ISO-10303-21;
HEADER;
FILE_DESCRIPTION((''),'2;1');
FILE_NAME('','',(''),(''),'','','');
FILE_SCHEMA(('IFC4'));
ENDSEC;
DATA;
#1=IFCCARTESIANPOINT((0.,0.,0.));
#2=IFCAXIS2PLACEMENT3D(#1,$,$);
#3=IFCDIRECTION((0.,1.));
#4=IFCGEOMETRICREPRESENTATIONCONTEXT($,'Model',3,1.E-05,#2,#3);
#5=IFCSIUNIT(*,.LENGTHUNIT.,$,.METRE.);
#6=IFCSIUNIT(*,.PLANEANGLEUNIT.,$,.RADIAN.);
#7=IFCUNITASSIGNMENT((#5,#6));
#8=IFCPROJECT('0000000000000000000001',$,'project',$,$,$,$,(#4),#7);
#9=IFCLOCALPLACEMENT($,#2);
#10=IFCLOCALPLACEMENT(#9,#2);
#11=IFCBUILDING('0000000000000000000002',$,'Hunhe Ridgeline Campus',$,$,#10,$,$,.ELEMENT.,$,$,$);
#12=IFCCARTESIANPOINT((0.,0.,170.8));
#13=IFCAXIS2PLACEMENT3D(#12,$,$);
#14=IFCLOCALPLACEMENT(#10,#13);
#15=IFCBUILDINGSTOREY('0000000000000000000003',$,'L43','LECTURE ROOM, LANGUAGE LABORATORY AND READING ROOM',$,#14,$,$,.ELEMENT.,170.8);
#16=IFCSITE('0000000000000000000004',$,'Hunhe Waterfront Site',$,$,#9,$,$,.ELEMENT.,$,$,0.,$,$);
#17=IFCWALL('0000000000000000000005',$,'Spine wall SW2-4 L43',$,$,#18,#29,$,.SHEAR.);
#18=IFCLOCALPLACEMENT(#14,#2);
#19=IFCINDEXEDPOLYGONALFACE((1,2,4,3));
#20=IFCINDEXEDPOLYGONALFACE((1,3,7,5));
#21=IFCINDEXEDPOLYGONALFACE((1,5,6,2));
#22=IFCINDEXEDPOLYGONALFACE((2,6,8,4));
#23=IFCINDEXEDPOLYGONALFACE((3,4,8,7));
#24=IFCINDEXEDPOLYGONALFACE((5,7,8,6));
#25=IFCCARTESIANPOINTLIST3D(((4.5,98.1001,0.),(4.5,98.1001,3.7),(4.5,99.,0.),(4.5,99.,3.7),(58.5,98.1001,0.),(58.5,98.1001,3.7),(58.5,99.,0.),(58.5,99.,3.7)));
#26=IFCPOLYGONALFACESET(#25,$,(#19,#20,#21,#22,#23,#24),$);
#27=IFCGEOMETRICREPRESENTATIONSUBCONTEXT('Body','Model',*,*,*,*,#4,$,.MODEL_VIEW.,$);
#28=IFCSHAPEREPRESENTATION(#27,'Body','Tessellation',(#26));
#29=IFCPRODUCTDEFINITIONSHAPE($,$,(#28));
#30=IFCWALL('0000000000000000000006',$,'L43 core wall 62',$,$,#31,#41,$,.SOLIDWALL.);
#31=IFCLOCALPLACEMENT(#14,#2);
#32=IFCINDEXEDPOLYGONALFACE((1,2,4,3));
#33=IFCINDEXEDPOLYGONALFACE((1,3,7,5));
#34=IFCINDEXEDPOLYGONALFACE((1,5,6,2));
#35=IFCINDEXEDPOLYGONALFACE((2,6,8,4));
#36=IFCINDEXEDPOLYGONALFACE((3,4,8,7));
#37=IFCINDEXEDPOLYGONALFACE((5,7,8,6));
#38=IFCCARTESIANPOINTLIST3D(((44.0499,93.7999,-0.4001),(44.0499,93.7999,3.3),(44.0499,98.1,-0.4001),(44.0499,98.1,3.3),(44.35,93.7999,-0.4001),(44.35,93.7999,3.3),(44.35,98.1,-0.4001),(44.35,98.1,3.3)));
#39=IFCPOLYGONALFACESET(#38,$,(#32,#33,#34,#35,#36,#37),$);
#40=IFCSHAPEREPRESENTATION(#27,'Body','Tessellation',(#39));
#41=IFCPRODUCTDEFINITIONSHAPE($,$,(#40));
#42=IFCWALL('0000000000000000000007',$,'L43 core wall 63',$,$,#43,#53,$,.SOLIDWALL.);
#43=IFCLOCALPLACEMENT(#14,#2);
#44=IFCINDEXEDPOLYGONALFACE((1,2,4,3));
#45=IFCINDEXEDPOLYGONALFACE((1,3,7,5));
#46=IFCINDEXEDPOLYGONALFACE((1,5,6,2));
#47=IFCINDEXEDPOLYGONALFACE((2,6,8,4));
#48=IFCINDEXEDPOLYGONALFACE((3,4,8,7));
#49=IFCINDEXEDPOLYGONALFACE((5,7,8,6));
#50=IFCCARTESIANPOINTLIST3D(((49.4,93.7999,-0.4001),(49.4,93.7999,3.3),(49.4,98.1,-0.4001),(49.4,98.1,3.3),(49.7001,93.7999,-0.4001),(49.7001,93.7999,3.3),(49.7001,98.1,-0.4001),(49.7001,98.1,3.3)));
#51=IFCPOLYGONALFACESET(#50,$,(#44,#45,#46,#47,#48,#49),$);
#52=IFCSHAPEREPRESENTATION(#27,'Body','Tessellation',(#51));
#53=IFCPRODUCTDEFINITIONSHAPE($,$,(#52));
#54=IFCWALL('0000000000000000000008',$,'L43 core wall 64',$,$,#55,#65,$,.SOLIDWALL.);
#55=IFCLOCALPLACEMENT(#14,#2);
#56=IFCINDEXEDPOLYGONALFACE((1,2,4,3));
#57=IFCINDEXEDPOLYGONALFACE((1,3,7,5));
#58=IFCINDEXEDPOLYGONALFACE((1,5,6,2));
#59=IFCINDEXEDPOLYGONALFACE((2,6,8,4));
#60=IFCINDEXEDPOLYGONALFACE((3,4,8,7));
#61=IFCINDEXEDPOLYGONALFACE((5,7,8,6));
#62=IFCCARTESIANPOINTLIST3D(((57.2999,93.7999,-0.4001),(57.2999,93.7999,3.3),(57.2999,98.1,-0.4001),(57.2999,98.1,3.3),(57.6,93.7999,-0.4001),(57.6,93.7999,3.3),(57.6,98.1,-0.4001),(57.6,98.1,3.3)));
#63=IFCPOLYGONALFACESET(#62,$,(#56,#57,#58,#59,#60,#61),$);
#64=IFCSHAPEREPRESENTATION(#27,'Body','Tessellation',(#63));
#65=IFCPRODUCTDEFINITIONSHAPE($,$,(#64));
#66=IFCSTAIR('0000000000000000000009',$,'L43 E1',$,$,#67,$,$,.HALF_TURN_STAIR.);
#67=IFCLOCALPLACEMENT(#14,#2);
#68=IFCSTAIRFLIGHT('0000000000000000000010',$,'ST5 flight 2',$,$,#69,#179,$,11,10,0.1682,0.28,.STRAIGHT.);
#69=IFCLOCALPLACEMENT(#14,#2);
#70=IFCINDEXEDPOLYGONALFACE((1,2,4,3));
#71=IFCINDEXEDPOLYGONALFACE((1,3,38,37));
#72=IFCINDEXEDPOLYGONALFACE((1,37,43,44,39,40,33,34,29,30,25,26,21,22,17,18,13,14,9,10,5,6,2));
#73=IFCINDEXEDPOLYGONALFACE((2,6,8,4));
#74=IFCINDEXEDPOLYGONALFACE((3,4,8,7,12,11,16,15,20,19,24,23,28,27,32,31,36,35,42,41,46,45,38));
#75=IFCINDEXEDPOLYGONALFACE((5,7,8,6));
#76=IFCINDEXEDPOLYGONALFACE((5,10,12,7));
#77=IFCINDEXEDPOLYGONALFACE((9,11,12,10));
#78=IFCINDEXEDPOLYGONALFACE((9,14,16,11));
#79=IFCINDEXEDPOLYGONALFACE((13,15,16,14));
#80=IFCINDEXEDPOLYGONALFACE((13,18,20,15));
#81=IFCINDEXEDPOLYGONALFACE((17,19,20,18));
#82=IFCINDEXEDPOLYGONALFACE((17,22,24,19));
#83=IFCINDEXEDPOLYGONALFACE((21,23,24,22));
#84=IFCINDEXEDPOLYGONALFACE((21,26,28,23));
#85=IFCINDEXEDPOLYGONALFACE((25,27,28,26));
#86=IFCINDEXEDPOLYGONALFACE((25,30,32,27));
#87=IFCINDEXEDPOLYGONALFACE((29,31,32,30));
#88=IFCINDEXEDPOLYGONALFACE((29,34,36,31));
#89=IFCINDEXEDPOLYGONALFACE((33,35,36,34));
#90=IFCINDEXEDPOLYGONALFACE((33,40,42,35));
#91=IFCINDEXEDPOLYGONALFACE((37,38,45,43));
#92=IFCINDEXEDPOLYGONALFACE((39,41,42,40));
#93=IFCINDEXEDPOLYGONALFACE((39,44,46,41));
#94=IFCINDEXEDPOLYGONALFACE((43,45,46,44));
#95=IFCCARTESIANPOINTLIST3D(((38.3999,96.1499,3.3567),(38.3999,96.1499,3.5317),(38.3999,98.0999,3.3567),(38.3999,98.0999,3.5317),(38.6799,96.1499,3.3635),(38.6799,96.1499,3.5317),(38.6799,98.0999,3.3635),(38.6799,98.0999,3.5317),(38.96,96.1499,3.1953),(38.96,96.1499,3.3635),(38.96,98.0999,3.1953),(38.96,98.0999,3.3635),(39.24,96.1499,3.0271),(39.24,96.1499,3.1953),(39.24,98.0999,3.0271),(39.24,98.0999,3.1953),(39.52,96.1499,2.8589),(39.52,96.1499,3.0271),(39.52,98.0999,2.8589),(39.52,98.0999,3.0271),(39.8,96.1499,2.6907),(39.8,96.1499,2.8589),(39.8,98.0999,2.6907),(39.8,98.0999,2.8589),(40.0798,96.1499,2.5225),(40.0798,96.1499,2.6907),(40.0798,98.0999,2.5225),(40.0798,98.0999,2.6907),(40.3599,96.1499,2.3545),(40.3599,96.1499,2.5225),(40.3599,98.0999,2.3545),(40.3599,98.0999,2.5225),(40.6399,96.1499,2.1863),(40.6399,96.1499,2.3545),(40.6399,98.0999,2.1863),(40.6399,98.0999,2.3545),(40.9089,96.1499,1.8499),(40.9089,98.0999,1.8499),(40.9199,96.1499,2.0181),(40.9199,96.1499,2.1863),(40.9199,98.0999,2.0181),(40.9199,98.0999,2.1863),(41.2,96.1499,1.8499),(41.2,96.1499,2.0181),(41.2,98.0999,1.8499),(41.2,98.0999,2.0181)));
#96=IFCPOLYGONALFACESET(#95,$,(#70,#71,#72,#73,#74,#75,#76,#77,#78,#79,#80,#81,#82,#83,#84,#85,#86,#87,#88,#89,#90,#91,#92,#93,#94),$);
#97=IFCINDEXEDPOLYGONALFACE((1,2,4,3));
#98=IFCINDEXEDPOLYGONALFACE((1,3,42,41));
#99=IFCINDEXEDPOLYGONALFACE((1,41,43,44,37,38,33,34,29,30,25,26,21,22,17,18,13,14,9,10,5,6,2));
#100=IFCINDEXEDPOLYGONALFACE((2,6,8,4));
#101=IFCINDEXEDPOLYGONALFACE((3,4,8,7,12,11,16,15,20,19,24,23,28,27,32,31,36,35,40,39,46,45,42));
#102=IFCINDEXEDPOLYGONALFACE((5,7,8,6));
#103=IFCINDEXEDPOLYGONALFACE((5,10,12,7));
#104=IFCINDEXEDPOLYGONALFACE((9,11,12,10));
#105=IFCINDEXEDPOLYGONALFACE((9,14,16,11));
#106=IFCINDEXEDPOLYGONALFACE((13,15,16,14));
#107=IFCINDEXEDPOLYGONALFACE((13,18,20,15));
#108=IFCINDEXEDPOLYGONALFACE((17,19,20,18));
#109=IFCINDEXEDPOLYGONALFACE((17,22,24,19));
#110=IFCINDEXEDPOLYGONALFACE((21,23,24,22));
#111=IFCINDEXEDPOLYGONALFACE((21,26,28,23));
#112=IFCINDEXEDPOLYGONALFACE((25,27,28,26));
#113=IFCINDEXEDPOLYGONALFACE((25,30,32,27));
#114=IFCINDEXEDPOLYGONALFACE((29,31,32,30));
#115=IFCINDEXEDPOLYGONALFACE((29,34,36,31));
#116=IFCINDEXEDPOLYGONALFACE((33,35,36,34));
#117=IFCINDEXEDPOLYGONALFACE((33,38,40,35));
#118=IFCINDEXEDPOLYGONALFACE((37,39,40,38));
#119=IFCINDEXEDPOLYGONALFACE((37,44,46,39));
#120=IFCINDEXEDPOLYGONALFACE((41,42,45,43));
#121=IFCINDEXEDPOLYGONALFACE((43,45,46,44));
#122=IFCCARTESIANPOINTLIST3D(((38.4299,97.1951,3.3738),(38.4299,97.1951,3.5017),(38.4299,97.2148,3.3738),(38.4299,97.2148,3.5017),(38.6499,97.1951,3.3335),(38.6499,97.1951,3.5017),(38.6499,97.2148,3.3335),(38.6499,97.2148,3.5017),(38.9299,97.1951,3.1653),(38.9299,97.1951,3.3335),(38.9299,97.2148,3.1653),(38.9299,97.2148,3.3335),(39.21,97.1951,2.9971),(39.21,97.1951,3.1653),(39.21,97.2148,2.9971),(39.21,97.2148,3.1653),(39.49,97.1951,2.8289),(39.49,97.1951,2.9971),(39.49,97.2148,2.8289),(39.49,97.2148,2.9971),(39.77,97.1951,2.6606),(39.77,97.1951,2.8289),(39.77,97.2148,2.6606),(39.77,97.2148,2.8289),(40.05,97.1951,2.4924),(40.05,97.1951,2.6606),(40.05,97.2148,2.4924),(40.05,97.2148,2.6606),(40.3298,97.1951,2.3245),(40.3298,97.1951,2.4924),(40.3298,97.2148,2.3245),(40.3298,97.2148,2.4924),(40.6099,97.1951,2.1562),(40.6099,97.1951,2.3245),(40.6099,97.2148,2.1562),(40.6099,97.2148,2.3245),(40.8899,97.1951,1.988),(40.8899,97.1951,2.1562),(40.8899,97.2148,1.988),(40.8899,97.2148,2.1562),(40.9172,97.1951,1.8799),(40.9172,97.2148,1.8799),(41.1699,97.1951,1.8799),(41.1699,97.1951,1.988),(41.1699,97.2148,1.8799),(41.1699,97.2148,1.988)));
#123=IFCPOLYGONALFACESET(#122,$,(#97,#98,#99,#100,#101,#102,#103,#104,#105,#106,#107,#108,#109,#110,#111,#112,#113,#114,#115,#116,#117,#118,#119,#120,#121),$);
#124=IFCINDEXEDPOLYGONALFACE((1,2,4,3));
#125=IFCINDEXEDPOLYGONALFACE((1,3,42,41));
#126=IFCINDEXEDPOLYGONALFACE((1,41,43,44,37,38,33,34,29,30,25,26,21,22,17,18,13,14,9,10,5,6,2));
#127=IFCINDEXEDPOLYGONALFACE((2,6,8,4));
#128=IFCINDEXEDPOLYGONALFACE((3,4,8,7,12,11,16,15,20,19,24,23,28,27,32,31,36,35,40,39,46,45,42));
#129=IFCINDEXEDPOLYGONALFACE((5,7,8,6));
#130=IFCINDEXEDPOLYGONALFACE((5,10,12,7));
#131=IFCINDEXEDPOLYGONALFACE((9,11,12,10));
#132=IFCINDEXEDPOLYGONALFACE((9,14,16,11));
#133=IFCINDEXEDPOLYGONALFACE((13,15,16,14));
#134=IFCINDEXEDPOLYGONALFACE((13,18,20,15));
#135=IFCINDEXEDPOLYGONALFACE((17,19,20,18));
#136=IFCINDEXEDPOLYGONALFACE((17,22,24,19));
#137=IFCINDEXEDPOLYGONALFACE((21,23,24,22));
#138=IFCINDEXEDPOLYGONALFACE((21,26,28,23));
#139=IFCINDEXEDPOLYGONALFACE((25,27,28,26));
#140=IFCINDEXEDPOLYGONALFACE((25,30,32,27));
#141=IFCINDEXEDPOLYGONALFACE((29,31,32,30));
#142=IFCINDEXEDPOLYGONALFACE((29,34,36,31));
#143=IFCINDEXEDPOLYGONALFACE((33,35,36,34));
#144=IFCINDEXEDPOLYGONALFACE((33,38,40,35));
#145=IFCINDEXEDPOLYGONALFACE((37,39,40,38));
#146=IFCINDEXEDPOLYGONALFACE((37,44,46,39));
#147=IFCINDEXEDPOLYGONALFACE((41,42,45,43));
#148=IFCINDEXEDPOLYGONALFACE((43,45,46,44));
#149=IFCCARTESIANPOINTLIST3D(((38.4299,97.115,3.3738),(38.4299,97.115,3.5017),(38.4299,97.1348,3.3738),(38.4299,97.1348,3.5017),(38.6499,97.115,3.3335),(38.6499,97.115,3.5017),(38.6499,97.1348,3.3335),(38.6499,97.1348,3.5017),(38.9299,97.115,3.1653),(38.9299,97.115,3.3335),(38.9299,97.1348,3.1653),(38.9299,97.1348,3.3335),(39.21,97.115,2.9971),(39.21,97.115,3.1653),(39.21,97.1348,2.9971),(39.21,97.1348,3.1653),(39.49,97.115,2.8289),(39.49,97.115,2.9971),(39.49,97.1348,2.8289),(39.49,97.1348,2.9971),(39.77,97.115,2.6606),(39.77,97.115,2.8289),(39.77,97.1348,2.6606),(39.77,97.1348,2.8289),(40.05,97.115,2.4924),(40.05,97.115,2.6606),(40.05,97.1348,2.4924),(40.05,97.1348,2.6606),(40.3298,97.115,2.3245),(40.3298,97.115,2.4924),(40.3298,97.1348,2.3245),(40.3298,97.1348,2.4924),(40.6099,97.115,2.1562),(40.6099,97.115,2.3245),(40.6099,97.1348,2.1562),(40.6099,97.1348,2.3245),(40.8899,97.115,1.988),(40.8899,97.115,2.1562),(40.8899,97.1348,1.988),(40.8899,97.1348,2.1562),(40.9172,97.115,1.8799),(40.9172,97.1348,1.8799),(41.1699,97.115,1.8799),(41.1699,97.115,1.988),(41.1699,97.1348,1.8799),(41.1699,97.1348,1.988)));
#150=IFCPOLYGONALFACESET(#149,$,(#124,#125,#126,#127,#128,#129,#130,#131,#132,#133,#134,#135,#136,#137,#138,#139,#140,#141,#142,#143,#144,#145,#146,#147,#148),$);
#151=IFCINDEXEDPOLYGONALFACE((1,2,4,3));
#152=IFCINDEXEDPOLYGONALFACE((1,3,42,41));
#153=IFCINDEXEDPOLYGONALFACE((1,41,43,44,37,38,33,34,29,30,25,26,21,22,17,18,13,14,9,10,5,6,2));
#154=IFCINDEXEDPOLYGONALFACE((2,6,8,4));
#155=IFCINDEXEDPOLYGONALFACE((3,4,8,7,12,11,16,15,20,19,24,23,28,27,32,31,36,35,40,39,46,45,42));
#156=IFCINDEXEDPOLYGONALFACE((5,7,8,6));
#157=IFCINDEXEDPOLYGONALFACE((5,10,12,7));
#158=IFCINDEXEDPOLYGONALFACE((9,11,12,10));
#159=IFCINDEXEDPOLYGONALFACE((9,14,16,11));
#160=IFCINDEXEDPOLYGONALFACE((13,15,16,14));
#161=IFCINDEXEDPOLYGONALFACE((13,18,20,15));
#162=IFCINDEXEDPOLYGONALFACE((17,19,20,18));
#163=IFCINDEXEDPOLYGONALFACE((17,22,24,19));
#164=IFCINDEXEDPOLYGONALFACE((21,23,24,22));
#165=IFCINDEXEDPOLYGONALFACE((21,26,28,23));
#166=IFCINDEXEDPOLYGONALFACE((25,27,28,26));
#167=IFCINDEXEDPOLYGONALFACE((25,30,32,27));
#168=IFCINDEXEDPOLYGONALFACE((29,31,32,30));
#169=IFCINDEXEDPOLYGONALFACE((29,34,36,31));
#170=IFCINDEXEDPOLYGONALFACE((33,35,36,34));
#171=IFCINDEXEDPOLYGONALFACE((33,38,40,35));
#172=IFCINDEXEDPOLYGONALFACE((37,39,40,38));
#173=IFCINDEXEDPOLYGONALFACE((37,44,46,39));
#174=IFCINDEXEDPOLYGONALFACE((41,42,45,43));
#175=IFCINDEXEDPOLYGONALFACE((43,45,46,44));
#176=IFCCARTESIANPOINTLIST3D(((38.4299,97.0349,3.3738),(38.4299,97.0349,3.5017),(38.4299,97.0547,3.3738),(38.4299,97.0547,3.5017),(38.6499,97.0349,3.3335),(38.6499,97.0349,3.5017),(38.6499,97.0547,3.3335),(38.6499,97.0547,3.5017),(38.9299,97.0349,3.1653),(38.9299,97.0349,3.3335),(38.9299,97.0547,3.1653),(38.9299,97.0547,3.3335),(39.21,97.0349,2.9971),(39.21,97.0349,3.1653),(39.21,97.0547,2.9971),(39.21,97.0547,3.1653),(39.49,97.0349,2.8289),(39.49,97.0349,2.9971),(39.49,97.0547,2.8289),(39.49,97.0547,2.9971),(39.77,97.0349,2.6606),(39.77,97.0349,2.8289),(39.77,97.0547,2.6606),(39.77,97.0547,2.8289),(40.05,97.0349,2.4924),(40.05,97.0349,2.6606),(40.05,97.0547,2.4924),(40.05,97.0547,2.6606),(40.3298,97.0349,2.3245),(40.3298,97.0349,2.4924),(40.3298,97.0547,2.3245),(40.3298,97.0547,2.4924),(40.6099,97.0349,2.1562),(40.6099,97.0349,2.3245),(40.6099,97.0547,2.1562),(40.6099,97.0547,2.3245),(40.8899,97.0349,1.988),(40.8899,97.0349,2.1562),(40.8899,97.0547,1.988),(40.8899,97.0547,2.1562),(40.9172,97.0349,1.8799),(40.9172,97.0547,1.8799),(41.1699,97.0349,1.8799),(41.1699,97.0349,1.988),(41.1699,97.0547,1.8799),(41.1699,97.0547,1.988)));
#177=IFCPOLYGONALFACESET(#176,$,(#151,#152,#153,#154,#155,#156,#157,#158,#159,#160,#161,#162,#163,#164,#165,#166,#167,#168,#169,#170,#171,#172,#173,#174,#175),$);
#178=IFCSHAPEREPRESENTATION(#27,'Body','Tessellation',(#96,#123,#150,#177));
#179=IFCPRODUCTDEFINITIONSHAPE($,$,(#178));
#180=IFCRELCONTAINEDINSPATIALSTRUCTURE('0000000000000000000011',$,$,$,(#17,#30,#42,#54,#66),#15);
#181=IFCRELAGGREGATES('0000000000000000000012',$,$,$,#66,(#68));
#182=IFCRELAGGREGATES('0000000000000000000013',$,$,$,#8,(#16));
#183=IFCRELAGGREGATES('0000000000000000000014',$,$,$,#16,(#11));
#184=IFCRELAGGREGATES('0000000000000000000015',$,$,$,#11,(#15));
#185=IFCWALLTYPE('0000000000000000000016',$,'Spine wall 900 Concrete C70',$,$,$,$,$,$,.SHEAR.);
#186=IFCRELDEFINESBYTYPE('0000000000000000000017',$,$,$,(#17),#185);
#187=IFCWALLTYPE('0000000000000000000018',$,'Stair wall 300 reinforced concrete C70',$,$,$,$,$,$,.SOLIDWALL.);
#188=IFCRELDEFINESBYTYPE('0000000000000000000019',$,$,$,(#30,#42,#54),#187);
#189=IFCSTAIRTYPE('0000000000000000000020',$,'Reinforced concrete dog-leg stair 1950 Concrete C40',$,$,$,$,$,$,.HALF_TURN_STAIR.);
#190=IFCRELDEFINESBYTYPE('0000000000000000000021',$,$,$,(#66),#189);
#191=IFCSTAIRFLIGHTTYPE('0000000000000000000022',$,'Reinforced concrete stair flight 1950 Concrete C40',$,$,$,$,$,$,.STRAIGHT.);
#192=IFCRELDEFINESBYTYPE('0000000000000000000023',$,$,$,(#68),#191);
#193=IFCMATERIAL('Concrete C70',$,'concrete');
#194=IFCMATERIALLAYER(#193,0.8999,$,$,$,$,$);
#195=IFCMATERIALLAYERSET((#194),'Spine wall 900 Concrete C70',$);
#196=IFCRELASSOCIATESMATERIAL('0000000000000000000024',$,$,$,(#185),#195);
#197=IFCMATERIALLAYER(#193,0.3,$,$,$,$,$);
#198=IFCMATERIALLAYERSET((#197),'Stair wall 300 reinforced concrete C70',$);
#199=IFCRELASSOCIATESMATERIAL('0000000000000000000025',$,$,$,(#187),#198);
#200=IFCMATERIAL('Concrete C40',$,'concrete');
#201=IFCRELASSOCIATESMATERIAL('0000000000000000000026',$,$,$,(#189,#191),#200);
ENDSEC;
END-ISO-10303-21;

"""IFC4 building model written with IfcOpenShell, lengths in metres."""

from ifc_helpers import new_model, si_unit, direction, frame, frame_2d, origin, place, context, subcontext, project, spatial, polyline, rectangle, outline, extrude, material, layer, layer_set, type_object, element, aggregate, save


model = new_model("IFC4")

# Units and contexts
model_context = context("Model", 3, precision=1e-05, world=origin(), true_north=direction((0.0, 1.0)))
body_context = subcontext(model_context, "Body", "Model", "MODEL_VIEW")
ifc_project = project(units=[si_unit("LENGTHUNIT", "METRE"), si_unit("PLANEANGLEUNIT", "RADIAN")], contexts=[model_context])

# Site, building, storey
site_placement = place(None, origin())
site = spatial("IfcSite", under=ifc_project, at=site_placement, Name="Hunhe Waterfront Site", CompositionType="ELEMENT", RefElevation=0.0)
building_placement = place(site_placement, origin())
building = spatial("IfcBuilding", under=site, at=building_placement, Name="Hunhe Ridgeline Campus", CompositionType="ELEMENT")
storey_placement = place(building_placement, frame((0.0, 0.0, 170.8)))
storey = spatial("IfcBuildingStorey", under=building, at=storey_placement, Name="L43", Description="LECTURE ROOM, LANGUAGE LABORATORY AND READING ROOM", CompositionType="ELEMENT", Elevation=170.8)

# Shared definitions
ifc_material_1 = material(Name="Concrete C70", Category="concrete")

# Wall
ifc_layer_1 = layer(ifc_material_1, 0.8999)
ifc_layer_set_1 = layer_set([ifc_layer_1], Name="Spine wall 900 Concrete C70")
wall_type_1 = type_object("IfcWallType", Name="Spine wall 900 Concrete C70", PredefinedType="SHEAR", material=ifc_layer_set_1)
wall_1_placement = place(storey_placement, frame((58.5, 98.55, 0.0), z_axis=(0.0, 0.0, 1.0), x_axis=(-1.0, 0.0, 0.0)))
element("IfcWall", 1, at=wall_1_placement, inside=storey, type_object=wall_type_1, Name="Spine wall SW2-4 L43", PredefinedType="SHEAR", context=body_context, shape_type="SweptSolid", body=[
    extrude(rectangle(XDim=54.0, YDim=0.8999, at=frame_2d((27.0, 0.0))), origin(), (0.0, 0.0, 1.0), 3.7),
])

# Shared definitions
ifc_layer_2 = layer(ifc_material_1, 0.3)
ifc_layer_set_2 = layer_set([ifc_layer_2], Name="Stair wall 300 reinforced concrete C70")
wall_type_2 = type_object("IfcWallType", Name="Stair wall 300 reinforced concrete C70", PredefinedType="SOLIDWALL", material=ifc_layer_set_2)

# Walls
for number, where, z_axis, x_axis, name in (
    (2, (44.2, 93.8, -0.4001), (0.0, 0.0, 1.0), (0.0, 1.0, 0.0), "L43 core wall 62"),
    (3, (49.55, 93.8, -0.4001), (0.0, 0.0, 1.0), (0.0, 1.0, 0.0), "L43 core wall 63"),
    (4, (57.45, 93.8, -0.4001), (0.0, 0.0, 1.0), (0.0, 1.0, 0.0), "L43 core wall 64"),
):
    element("IfcWall", number, at=place(storey_placement, frame(where, z_axis=z_axis, x_axis=x_axis)), inside=storey, type_object=wall_type_2, Name=name, PredefinedType="SOLIDWALL", context=body_context, shape_type="SweptSolid", body=[
        extrude(rectangle(XDim=4.3, YDim=0.3, at=frame_2d((2.1499, 0.0))), origin(), (0.0, 0.0, 1.0), 3.7002),
    ])

# Stair, stair flight
ifc_material_2 = material(Name="Concrete C40", Category="concrete")
stair_type = type_object("IfcStairType", Name="Reinforced concrete dog-leg stair 1950 Concrete C40", PredefinedType="HALF_TURN_STAIR", material=ifc_material_2)
stair_1_placement = place(storey_placement, origin())
stair_1 = element("IfcStair", 5, at=stair_1_placement, inside=storey, type_object=stair_type, Name="L43 E1", PredefinedType="HALF_TURN_STAIR")
stair_flight_type = type_object("IfcStairFlightType", Name="Reinforced concrete stair flight 1950 Concrete C40", PredefinedType="STRAIGHT", material=ifc_material_2)
stair_flight_1_placement = place(storey_placement, frame((41.2, 97.125, 1.8499), z_axis=(0.0, 0.0, 1.0), x_axis=(-1.0, 0.0, 0.0)))
stair_flight_1 = element("IfcStairFlight", 6, at=stair_flight_1_placement, type_object=stair_flight_type, Name="ST5 flight 2", NumberOfRisers=11, NumberOfTreads=10, PredefinedType="STRAIGHT", RiserHeight=0.1682, TreadLength=0.28, context=body_context, shape_type="SweptSolid", body=[
    extrude(outline(polyline([(0.0, 0.0), (0.0, 0.1682), (0.28, 0.1682), (0.28, 0.3364), (0.5601, 0.3364), (0.5601, 0.5046), (0.8401, 0.5046), (0.8401, 0.6726), (1.1201, 0.6726), (1.1201, 0.8408), (1.3999, 0.8408), (1.3999, 1.009), (1.6799, 1.009), (1.6799, 1.1772), (1.96, 1.1772), (1.96, 1.3455), (2.24, 1.3455), (2.24, 1.5137), (2.52, 1.5137), (2.52, 1.6819), (2.8, 1.6819), (2.8, 1.8501), (2.8, 1.5068), (0.291, 0.0), (0.0, 0.0)])), frame((0.0, 0.9751, 0.0), z_axis=(0.0, -1.0, 0.0), x_axis=(1.0, 0.0, 0.0)), (0.0, 0.0, 1.0), 1.95),
    extrude(outline(polyline([(0.03, 0.03), (0.03, 0.1382), (0.3101, 0.1382), (0.3101, 0.3064), (0.5901, 0.3064), (0.5901, 0.4746), (0.8701, 0.4746), (0.8701, 0.6426), (1.1499, 0.6426), (1.1499, 0.8108), (1.4299, 0.8108), (1.4299, 0.979), (1.71, 0.979), (1.71, 1.1472), (1.99, 1.1472), (1.99, 1.3154), (2.27, 1.3154), (2.27, 1.4836), (2.55, 1.4836), (2.55, 1.6519), (2.77, 1.6519), (2.77, 1.5239), (0.2827, 0.03), (0.03, 0.03)])), frame((0.0, -0.0701, 0.0), z_axis=(0.0, -1.0, 0.0), x_axis=(1.0, 0.0, 0.0)), (0.0, 0.0, 1.0), 0.0198),
    extrude(outline(polyline([(0.03, 0.03), (0.03, 0.1382), (0.3101, 0.1382), (0.3101, 0.3064), (0.5901, 0.3064), (0.5901, 0.4746), (0.8701, 0.4746), (0.8701, 0.6426), (1.1499, 0.6426), (1.1499, 0.8108), (1.4299, 0.8108), (1.4299, 0.979), (1.71, 0.979), (1.71, 1.1472), (1.99, 1.1472), (1.99, 1.3154), (2.27, 1.3154), (2.27, 1.4836), (2.55, 1.4836), (2.55, 1.6519), (2.77, 1.6519), (2.77, 1.5239), (0.2827, 0.03), (0.03, 0.03)])), frame((0.0, 0.01, 0.0), z_axis=(0.0, -1.0, 0.0), x_axis=(1.0, 0.0, 0.0)), (0.0, 0.0, 1.0), 0.0198),
    extrude(outline(polyline([(0.03, 0.03), (0.03, 0.1382), (0.3101, 0.1382), (0.3101, 0.3064), (0.5901, 0.3064), (0.5901, 0.4746), (0.8701, 0.4746), (0.8701, 0.6426), (1.1499, 0.6426), (1.1499, 0.8108), (1.4299, 0.8108), (1.4299, 0.979), (1.71, 0.979), (1.71, 1.1472), (1.99, 1.1472), (1.99, 1.3154), (2.27, 1.3154), (2.27, 1.4836), (2.55, 1.4836), (2.55, 1.6519), (2.77, 1.6519), (2.77, 1.5239), (0.2827, 0.03), (0.03, 0.03)])), frame((0.0, 0.0901, 0.0), z_axis=(0.0, -1.0, 0.0), x_axis=(1.0, 0.0, 0.0)), (0.0, 0.0, 1.0), 0.0198),
])
aggregate(stair_1, [stair_flight_1])

save(model, "model.ifc")
